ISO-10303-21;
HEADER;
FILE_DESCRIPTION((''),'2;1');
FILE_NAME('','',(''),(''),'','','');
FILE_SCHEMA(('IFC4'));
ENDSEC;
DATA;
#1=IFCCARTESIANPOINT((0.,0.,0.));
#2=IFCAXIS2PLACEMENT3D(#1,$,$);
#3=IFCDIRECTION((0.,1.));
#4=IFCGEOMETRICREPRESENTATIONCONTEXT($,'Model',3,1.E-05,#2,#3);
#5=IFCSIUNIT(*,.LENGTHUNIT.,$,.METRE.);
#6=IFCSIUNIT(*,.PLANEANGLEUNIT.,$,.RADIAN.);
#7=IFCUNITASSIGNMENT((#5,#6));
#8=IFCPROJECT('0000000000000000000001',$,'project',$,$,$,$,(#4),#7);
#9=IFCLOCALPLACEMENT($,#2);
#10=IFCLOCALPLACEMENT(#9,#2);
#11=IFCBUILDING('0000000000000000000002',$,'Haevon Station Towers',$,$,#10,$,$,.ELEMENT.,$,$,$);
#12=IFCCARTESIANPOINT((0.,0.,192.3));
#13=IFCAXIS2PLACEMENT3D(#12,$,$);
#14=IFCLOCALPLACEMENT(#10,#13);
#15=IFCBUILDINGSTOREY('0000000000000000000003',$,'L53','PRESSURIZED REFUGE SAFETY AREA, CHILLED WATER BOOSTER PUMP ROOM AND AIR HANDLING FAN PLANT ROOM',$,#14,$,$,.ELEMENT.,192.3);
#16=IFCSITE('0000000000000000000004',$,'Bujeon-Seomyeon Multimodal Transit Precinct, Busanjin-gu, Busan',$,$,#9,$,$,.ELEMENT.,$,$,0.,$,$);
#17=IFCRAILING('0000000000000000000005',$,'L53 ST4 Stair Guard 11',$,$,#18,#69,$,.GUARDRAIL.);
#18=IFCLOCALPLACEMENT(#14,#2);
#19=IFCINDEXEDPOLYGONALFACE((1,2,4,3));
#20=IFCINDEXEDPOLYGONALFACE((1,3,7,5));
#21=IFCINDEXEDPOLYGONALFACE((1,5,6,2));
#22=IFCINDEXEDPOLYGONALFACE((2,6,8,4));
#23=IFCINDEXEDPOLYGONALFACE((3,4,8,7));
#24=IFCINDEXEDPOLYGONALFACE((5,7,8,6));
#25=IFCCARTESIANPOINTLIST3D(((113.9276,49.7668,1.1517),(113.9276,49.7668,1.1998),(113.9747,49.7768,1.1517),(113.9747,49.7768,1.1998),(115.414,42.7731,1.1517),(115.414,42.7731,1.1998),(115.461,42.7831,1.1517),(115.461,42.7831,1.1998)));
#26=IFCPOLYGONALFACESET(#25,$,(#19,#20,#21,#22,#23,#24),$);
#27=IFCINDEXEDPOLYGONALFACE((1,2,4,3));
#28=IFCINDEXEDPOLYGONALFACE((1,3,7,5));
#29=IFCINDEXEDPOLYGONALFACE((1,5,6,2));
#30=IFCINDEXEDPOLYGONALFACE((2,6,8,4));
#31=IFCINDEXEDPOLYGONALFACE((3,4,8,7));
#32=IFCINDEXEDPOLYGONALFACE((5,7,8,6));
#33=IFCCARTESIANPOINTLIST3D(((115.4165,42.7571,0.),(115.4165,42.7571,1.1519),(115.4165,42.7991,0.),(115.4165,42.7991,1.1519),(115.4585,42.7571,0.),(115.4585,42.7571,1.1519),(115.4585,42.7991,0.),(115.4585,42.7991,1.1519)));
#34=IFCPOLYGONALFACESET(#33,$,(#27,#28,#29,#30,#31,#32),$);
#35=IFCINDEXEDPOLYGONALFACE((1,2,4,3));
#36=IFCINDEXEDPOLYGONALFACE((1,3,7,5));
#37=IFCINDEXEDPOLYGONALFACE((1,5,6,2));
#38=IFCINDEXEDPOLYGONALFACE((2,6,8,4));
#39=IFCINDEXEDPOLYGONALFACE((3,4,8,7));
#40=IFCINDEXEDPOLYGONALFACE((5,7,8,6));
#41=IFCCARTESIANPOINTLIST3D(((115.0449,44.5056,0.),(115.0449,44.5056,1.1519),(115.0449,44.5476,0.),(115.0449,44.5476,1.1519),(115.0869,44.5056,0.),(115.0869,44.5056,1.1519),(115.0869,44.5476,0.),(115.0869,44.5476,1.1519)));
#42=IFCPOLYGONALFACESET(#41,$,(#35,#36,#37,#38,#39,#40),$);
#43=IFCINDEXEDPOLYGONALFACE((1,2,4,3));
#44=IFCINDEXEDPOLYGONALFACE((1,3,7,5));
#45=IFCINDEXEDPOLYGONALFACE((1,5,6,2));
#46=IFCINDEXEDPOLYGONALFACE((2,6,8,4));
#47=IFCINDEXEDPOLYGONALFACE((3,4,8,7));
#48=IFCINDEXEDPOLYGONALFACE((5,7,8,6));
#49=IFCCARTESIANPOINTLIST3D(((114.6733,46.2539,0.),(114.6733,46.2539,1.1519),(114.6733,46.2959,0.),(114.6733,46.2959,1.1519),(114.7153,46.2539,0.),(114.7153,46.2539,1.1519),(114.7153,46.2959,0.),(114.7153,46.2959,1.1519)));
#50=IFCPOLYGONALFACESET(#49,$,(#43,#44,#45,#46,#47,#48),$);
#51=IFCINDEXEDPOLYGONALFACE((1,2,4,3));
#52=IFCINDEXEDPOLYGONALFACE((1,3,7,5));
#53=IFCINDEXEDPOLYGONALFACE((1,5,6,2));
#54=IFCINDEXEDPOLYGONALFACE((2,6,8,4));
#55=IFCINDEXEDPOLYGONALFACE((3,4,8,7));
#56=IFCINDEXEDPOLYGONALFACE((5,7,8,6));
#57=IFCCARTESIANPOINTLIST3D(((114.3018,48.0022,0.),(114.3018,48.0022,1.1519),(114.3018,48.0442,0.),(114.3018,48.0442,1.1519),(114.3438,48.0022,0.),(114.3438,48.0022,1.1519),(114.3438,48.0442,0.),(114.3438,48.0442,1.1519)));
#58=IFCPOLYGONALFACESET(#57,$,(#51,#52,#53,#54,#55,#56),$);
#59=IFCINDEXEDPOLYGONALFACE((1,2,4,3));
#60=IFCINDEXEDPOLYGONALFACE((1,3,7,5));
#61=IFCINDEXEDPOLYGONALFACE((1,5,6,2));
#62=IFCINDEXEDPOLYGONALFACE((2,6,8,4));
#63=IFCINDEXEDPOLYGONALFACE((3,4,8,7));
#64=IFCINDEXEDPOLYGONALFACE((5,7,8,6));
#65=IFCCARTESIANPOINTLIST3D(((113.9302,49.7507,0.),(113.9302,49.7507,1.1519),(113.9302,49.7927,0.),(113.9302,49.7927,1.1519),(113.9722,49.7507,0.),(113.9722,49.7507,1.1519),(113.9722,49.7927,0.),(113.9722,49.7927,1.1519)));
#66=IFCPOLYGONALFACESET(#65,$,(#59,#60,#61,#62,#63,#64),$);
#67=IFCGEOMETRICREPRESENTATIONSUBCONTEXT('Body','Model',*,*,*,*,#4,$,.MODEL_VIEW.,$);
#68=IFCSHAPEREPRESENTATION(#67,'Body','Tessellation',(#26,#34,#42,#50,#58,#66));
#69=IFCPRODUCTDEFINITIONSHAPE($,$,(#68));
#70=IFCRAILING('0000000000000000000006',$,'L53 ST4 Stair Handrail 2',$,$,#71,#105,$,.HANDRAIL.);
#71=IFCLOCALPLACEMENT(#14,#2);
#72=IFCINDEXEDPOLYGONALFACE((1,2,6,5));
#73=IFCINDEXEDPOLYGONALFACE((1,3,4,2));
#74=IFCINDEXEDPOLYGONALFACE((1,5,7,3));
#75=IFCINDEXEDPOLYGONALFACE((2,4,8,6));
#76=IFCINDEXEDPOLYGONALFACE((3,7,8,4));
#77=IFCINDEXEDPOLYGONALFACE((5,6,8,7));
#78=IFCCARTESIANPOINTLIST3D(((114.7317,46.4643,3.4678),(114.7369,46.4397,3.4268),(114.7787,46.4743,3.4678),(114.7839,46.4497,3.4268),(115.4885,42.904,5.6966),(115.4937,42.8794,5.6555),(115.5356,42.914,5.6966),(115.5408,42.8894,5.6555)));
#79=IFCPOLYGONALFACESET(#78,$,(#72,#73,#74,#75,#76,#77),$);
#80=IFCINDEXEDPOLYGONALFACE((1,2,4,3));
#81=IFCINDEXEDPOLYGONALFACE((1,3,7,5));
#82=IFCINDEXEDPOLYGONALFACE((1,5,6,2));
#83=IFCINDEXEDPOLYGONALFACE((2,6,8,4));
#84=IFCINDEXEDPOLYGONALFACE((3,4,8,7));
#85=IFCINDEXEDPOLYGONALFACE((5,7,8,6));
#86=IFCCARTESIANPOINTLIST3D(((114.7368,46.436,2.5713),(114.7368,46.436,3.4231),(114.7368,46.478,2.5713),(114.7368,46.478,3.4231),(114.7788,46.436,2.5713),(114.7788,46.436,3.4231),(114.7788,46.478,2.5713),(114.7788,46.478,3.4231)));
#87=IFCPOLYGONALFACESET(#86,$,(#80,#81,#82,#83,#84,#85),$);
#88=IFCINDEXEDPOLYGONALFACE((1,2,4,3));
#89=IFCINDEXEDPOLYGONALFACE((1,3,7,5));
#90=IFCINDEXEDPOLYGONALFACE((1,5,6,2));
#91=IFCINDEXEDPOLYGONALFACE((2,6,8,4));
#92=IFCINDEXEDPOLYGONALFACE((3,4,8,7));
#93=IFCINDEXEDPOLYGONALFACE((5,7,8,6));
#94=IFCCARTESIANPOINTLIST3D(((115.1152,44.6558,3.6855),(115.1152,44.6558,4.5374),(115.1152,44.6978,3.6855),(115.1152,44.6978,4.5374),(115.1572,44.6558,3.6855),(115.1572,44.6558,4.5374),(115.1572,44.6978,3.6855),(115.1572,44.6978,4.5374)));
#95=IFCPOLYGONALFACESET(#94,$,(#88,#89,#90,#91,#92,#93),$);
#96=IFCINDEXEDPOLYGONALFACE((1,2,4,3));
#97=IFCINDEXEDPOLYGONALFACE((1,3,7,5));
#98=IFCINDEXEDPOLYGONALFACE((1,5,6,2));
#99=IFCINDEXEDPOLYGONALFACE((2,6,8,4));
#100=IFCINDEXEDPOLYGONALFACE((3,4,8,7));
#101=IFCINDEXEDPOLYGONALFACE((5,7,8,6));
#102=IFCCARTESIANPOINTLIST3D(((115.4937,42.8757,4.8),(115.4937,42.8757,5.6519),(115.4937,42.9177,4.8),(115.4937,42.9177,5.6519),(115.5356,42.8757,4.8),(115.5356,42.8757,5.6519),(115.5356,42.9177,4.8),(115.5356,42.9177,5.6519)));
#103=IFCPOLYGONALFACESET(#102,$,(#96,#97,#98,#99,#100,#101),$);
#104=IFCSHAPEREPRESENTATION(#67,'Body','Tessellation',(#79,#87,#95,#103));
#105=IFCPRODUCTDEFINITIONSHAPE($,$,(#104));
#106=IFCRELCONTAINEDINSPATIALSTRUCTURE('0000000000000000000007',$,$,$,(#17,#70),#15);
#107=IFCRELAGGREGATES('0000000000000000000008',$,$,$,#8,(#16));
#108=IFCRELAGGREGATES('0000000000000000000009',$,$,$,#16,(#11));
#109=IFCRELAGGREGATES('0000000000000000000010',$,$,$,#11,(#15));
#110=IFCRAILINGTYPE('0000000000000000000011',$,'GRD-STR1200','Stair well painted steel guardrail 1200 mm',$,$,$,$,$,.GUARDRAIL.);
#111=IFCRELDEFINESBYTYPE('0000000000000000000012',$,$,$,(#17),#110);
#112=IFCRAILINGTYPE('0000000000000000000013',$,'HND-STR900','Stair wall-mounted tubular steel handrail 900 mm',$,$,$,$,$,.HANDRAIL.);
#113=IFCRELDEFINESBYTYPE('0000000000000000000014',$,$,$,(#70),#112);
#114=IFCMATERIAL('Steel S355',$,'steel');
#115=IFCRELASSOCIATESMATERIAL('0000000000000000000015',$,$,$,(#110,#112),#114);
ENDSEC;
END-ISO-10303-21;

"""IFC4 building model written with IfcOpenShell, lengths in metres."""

from ifc_helpers import new_model, si_unit, direction, frame, origin, origin_2d, place, context, subcontext, project, spatial, rectangle, extrude, material, type_object, element, save


model = new_model("IFC4")

# Units and contexts
model_context = context("Model", 3, precision=1e-05, world=origin(), true_north=direction((0.0, 1.0)))
body_context = subcontext(model_context, "Body", "Model", "MODEL_VIEW")
ifc_project = project(units=[si_unit("LENGTHUNIT", "METRE"), si_unit("PLANEANGLEUNIT", "RADIAN")], contexts=[model_context])

# Site, building, storey
site_placement = place(None, origin())
site = spatial("IfcSite", under=ifc_project, at=site_placement, Name="Bujeon-Seomyeon Multimodal Transit Precinct, Busanjin-gu, Busan", CompositionType="ELEMENT", RefElevation=0.0)
building_placement = place(site_placement, origin())
building = spatial("IfcBuilding", under=site, at=building_placement, Name="Haevon Station Towers", CompositionType="ELEMENT")
storey_placement = place(building_placement, frame((0.0, 0.0, 192.3)))
storey = spatial("IfcBuildingStorey", under=building, at=storey_placement, Name="L53", Description="PRESSURIZED REFUGE SAFETY AREA, CHILLED WATER BOOSTER PUMP ROOM AND AIR HANDLING FAN PLANT ROOM", CompositionType="ELEMENT", Elevation=192.3)

# Shared definitions
ifc_material_1 = material(Name="Steel S355", Category="steel")

# Railings
railing_type_1 = type_object("IfcRailingType", Name="GRD-STR1200", Description="Stair well painted steel guardrail 1200 mm", PredefinedType="GUARDRAIL", material=ifc_material_1)
railing_1_placement = place(storey_placement, frame((115.4375, 42.7781, 0.0)))
element("IfcRailing", 1, at=railing_1_placement, inside=storey, type_object=railing_type_1, Name="L53 ST4 Stair Guard 11", PredefinedType="GUARDRAIL", context=body_context, shape_type="SweptSolid", body=[
    extrude(rectangle(XDim=0.0481, YDim=0.0481, at=origin_2d()), frame((0.0, 0.0, 1.1758), z_axis=(-0.207882, 0.978154, 0.0), x_axis=(-0.978154, -0.207882, 0.0)), (0.0, 0.0, 1.0), 7.1499),
    extrude(rectangle(XDim=0.042, YDim=0.042, at=origin_2d()), origin(), (0.0, 0.0, 1.0), 1.1519),
    extrude(rectangle(XDim=0.042, YDim=0.042, at=origin_2d()), frame((-0.3716, 1.7485, 0.0)), (0.0, 0.0, 1.0), 1.1519),
    extrude(rectangle(XDim=0.042, YDim=0.042, at=origin_2d()), frame((-0.7432, 3.4968, 0.0)), (0.0, 0.0, 1.0), 1.1519),
    extrude(rectangle(XDim=0.042, YDim=0.042, at=origin_2d()), frame((-1.1147, 5.2451, 0.0)), (0.0, 0.0, 1.0), 1.1519),
    extrude(rectangle(XDim=0.042, YDim=0.042, at=origin_2d()), frame((-1.4863, 6.9937, 0.0)), (0.0, 0.0, 1.0), 1.1519),
])
railing_type_2 = type_object("IfcRailingType", Name="HND-STR900", Description="Stair wall-mounted tubular steel handrail 900 mm", PredefinedType="HANDRAIL", material=ifc_material_1)
railing_2_placement = place(storey_placement, frame((114.7578, 46.457, 2.5713)))
element("IfcRailing", 2, at=railing_2_placement, inside=storey, type_object=railing_type_2, Name="L53 ST4 Stair Handrail 2", PredefinedType="HANDRAIL", context=body_context, shape_type="SweptSolid", body=[
    extrude(rectangle(XDim=0.0481, YDim=0.0481, at=origin_2d()), frame((0.0, 0.0, 0.876), z_axis=(0.177328, -0.834183, 0.522201), x_axis=(0.978144, 0.20793, 0.0)), (0.0, 0.0, 1.0), 4.2681),
    extrude(rectangle(XDim=0.042, YDim=0.042, at=origin_2d()), origin(), (0.0, 0.0, 1.0), 0.8518),
    extrude(rectangle(XDim=0.042, YDim=0.042, at=origin_2d()), frame((0.3784, -1.7803, 1.1143)), (0.0, 0.0, 1.0), 0.8518),
    extrude(rectangle(XDim=0.042, YDim=0.042, at=origin_2d()), frame((0.7568, -3.5603, 2.2288)), (0.0, 0.0, 1.0), 0.8518),
])

save(model, "model.ifc")
